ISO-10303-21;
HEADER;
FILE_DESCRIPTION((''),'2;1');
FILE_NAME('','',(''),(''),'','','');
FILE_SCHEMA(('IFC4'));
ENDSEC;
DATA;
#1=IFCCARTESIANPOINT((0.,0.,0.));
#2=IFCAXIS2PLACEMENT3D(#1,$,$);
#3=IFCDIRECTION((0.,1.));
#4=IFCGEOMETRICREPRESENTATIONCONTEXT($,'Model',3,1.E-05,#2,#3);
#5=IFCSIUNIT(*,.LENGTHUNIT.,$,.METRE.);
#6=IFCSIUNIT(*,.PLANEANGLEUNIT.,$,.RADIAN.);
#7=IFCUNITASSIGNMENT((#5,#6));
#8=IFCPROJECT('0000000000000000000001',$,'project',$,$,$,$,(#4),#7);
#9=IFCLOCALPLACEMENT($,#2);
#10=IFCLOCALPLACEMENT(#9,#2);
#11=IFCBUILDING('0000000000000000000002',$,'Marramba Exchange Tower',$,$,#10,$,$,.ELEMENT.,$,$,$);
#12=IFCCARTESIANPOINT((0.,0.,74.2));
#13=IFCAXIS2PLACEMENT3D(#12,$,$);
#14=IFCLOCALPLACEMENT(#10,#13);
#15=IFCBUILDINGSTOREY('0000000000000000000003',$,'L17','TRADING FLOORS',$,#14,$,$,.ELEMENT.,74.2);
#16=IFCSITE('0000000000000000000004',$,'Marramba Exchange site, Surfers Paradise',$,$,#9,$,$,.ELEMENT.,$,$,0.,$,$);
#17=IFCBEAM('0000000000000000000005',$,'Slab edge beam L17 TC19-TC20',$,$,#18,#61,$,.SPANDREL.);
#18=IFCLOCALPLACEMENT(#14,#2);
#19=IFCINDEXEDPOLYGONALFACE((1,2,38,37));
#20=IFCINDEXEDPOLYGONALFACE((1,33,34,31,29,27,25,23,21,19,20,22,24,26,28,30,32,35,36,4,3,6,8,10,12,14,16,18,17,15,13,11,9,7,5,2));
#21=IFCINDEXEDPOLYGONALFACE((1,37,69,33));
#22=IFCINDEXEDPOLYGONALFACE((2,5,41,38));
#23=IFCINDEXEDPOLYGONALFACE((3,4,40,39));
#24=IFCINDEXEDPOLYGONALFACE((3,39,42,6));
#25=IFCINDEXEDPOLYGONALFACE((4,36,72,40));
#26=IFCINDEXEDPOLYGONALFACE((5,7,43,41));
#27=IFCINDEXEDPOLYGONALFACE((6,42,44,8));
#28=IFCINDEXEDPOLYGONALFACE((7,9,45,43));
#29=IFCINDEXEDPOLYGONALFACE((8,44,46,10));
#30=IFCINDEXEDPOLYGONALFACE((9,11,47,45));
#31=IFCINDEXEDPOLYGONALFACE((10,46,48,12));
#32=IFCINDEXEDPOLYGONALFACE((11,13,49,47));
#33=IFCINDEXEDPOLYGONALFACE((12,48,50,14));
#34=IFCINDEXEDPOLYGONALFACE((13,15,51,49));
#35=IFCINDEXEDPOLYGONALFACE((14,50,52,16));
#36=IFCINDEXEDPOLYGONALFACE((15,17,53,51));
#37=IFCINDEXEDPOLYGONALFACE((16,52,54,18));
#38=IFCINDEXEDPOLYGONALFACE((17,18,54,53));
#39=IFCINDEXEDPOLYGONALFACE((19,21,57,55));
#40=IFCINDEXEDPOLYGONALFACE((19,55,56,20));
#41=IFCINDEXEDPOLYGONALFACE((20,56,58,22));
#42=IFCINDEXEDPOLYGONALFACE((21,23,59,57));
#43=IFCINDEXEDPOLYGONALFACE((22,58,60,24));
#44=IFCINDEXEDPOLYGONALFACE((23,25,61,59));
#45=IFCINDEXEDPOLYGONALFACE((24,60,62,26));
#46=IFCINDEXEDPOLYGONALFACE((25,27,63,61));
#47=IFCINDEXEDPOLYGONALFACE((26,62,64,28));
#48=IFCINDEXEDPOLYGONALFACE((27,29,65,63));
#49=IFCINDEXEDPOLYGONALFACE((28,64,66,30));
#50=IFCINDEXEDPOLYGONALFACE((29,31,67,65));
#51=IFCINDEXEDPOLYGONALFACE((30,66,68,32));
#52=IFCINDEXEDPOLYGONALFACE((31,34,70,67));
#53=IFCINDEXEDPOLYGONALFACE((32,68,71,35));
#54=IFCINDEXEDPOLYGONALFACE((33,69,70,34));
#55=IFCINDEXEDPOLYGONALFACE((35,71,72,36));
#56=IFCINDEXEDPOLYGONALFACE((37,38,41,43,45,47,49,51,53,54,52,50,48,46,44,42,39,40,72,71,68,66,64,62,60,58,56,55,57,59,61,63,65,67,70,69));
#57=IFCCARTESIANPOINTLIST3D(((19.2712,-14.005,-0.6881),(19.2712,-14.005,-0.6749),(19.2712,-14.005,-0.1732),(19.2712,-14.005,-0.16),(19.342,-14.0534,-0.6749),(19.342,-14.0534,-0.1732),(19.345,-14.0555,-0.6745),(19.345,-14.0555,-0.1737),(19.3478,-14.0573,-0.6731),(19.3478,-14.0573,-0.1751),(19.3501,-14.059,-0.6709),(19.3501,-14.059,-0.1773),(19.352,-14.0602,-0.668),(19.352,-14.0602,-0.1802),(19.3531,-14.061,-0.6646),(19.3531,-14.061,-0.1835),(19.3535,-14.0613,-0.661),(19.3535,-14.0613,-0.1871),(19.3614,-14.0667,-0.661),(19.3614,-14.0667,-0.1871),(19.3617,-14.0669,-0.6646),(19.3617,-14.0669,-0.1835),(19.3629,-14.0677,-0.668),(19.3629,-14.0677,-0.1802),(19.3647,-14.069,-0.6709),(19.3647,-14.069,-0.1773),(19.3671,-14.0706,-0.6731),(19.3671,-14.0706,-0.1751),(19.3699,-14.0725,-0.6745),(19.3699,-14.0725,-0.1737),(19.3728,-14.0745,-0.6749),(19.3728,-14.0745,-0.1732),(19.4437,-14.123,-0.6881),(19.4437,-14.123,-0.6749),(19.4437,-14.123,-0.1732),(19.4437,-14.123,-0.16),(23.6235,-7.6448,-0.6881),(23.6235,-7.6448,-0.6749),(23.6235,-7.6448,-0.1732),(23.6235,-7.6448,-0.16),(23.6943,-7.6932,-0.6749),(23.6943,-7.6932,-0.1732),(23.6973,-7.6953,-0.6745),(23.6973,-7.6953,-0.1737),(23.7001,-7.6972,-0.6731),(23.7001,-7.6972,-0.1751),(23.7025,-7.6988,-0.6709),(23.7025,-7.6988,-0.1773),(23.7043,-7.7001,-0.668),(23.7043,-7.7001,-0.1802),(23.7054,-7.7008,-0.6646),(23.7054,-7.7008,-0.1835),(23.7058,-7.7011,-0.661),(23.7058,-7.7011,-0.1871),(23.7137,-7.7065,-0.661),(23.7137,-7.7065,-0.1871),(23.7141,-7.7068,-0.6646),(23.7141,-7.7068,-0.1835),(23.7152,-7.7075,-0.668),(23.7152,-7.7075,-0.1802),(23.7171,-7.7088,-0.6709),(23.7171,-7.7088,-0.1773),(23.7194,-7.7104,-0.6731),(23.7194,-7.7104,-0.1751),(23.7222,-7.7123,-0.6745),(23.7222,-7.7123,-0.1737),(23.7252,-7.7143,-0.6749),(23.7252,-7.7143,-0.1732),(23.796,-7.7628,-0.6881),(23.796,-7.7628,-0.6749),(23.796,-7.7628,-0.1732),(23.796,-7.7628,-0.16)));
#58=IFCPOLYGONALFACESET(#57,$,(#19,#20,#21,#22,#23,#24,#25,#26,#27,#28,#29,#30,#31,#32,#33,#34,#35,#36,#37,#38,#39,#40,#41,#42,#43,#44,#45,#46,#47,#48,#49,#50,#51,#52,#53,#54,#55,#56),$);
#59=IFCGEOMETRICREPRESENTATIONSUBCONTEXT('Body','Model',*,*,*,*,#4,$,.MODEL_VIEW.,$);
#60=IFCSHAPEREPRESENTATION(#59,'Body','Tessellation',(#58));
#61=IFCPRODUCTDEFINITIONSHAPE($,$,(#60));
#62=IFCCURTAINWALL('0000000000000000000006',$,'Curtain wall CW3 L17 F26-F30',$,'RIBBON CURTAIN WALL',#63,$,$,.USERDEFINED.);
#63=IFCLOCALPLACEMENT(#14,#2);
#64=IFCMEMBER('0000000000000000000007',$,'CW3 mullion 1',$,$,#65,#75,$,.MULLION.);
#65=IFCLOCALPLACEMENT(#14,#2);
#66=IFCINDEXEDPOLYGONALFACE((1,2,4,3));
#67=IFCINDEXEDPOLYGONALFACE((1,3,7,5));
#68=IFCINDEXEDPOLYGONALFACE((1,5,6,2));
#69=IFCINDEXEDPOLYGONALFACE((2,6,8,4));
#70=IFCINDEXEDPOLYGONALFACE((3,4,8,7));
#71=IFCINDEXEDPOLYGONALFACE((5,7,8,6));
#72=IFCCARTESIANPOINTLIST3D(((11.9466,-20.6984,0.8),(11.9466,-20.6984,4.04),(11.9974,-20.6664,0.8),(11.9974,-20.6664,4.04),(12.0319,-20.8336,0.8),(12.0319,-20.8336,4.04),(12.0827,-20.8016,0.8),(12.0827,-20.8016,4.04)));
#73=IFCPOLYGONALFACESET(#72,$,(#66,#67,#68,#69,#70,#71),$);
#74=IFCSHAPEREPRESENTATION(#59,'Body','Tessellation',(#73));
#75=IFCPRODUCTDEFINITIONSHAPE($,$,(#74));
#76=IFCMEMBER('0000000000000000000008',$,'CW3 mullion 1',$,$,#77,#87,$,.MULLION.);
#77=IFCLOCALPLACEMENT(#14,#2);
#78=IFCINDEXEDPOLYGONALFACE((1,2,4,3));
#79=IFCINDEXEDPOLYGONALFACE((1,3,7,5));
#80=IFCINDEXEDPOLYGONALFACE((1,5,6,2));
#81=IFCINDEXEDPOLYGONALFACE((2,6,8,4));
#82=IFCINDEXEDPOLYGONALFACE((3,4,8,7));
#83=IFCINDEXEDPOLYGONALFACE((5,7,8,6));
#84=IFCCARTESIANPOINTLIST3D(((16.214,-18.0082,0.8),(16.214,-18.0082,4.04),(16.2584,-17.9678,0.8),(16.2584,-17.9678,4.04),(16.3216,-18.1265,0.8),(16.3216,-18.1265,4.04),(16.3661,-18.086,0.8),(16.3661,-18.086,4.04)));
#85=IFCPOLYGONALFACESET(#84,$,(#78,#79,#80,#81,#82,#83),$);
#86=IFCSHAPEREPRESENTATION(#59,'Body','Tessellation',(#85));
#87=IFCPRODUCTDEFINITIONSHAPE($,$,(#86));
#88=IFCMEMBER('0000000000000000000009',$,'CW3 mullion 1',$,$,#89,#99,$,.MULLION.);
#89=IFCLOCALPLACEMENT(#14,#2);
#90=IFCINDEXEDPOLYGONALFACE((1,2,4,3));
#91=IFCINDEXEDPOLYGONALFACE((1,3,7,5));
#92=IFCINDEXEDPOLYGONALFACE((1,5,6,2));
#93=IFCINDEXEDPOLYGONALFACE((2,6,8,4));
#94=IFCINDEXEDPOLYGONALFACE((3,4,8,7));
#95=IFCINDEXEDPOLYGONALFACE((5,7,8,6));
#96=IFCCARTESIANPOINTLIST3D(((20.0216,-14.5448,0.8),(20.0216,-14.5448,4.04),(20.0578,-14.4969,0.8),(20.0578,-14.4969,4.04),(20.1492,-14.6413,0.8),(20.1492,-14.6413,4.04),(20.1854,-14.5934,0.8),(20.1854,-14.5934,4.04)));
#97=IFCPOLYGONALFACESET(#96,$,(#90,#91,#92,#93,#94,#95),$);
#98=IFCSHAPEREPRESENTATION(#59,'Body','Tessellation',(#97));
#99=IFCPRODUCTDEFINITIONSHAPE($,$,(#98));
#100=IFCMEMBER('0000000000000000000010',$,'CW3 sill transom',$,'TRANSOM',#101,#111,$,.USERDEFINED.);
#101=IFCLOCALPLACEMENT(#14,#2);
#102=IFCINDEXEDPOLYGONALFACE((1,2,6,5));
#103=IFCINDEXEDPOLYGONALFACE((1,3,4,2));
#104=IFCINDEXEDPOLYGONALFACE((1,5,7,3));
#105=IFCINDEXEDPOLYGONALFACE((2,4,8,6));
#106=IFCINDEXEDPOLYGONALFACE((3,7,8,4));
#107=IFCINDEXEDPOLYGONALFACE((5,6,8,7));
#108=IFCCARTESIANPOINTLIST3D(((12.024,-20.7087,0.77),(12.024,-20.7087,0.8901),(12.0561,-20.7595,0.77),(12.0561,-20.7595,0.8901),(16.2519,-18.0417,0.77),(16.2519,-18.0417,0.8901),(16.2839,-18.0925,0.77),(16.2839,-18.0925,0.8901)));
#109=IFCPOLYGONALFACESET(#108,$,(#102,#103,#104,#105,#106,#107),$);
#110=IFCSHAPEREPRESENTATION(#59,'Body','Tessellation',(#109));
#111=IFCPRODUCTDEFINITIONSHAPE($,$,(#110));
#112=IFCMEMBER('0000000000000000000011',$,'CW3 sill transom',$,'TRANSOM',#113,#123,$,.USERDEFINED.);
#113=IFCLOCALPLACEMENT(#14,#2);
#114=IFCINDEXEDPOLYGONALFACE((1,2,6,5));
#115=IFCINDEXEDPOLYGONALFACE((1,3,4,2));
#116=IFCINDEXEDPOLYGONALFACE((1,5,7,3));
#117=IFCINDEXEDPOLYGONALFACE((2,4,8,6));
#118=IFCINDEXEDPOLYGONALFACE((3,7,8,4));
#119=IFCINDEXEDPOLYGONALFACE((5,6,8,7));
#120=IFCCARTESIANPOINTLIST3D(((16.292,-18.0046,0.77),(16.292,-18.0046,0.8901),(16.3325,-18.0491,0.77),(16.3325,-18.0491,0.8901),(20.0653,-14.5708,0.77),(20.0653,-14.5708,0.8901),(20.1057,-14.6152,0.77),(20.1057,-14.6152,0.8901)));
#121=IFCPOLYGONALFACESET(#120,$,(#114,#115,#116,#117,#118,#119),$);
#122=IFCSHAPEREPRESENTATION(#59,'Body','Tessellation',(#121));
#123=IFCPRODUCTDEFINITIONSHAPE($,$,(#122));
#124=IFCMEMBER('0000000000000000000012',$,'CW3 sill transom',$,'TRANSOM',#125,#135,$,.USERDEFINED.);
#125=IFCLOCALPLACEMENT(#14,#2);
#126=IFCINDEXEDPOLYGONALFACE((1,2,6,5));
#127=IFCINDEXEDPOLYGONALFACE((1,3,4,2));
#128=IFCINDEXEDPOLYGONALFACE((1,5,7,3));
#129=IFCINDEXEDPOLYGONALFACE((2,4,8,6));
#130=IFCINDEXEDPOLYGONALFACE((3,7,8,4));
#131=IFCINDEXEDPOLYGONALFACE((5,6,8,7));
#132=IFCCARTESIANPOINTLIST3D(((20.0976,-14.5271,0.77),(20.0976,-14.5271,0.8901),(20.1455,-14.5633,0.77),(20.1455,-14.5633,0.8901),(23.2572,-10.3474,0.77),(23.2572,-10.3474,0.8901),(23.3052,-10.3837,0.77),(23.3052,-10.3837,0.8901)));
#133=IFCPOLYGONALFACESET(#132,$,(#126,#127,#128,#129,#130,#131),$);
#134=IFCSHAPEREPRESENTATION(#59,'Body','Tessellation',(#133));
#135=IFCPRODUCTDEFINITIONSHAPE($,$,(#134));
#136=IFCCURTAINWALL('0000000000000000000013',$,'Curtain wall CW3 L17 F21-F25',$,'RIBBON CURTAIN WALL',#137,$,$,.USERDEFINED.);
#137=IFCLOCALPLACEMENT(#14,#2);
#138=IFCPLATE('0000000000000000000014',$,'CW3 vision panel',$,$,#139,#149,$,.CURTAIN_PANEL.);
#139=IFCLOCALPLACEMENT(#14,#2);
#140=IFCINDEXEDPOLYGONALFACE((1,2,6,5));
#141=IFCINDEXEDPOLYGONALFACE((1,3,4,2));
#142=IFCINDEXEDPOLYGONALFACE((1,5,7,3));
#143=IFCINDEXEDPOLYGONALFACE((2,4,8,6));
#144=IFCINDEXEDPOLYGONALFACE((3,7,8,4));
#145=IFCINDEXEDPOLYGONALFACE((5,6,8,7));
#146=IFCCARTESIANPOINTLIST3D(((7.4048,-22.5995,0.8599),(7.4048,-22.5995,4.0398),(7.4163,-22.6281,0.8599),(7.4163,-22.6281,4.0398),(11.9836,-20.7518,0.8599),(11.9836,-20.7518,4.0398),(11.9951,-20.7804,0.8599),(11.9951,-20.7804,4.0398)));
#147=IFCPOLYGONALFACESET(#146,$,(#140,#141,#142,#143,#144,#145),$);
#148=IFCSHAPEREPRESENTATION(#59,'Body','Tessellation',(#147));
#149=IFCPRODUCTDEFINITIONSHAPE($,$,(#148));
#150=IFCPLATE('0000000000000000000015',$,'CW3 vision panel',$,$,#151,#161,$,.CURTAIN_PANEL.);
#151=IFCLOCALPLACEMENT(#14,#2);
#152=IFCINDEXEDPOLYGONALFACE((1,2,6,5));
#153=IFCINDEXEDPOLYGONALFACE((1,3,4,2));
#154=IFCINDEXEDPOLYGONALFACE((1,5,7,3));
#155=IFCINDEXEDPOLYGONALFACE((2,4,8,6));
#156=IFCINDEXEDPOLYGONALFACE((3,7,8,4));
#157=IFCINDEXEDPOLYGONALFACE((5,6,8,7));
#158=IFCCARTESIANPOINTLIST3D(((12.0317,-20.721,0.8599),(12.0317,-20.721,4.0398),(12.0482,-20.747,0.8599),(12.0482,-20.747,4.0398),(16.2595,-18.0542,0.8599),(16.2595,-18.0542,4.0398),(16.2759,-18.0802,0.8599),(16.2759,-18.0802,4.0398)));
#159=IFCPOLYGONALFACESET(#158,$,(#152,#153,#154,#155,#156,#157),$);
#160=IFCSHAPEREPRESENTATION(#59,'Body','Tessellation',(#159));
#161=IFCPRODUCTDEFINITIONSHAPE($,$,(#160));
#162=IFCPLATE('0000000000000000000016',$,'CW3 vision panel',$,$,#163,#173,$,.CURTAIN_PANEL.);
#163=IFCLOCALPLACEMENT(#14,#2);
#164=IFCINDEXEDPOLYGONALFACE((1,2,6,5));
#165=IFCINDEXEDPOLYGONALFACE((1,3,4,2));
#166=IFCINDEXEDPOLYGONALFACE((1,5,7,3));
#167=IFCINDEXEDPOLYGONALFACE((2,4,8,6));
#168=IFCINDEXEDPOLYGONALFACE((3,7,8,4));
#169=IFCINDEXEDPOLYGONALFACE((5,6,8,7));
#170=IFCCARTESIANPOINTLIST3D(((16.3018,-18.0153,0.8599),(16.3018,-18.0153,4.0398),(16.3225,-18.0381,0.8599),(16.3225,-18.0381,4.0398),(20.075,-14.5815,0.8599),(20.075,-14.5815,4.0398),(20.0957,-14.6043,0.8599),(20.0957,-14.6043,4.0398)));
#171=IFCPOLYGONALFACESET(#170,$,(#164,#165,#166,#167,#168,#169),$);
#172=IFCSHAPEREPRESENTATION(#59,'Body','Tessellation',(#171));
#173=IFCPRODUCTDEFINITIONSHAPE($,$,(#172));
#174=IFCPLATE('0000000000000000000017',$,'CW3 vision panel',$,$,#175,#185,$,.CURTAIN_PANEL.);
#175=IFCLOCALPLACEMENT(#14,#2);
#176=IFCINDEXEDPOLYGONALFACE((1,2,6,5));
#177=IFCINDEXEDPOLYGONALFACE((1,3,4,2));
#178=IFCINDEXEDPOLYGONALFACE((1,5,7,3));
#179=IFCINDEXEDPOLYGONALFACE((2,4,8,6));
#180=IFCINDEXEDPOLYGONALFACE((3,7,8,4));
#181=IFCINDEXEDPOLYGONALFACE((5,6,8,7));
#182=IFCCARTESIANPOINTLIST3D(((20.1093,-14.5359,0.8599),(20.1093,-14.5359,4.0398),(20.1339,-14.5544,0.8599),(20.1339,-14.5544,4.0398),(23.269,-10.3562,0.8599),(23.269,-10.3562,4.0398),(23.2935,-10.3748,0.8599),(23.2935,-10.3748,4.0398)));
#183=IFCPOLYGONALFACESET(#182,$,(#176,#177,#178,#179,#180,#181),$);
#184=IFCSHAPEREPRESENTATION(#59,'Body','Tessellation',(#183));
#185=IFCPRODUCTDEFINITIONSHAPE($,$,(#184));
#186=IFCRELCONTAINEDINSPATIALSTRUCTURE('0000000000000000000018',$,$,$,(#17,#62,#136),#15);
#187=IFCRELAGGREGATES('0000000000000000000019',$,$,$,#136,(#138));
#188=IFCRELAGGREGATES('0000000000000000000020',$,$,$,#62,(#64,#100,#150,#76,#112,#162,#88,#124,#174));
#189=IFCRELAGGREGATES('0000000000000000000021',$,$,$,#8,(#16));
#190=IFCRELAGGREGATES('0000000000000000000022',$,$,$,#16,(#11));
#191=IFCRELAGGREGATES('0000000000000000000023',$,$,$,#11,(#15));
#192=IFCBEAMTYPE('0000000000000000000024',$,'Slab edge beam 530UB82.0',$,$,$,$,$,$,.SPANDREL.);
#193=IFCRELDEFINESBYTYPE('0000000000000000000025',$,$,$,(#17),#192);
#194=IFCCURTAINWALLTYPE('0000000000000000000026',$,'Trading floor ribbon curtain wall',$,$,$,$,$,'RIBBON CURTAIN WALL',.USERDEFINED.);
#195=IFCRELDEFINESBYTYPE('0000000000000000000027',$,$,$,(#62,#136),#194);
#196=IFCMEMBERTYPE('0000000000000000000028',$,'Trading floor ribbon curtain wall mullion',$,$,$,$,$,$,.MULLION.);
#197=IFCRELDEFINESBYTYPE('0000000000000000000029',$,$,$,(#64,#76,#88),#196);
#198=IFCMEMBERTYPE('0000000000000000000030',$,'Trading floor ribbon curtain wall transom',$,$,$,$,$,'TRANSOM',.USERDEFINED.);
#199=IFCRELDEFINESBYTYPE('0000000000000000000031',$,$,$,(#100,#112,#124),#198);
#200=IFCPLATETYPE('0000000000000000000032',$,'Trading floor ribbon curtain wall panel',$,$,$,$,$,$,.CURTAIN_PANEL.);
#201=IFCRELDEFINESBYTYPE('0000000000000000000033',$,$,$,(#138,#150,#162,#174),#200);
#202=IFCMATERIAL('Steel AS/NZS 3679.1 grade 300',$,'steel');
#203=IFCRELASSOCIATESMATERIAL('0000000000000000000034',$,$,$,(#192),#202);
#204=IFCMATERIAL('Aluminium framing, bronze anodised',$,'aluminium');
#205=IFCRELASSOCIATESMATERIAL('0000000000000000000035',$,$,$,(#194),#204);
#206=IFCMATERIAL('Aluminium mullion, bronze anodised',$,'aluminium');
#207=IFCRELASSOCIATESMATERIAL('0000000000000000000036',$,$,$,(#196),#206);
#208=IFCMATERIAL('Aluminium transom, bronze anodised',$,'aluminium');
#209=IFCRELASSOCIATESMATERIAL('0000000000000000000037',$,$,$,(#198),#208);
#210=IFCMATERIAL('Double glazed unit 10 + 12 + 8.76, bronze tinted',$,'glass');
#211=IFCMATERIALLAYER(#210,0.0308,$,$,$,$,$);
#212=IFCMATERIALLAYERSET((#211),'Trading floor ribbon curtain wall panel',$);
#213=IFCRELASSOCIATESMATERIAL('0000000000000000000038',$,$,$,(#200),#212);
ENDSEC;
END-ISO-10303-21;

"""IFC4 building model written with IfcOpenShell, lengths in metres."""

from ifc_helpers import new_model, si_unit, direction, frame, origin, origin_2d, place, context, subcontext, project, spatial, rectangle, i_section, extrude, material, layer, layer_set, material_profile, profile_set, type_object, element, aggregate, save


model = new_model("IFC4")

# Units and contexts
model_context = context("Model", 3, precision=1e-05, world=origin(), true_north=direction((0.0, 1.0)))
body_context = subcontext(model_context, "Body", "Model", "MODEL_VIEW")
ifc_project = project(units=[si_unit("LENGTHUNIT", "METRE"), si_unit("PLANEANGLEUNIT", "RADIAN")], contexts=[model_context])

# Site, building, storey
site_placement = place(None, origin())
site = spatial("IfcSite", under=ifc_project, at=site_placement, Name="Marramba Exchange site, Surfers Paradise", CompositionType="ELEMENT", RefElevation=0.0)
building_placement = place(site_placement, origin())
building = spatial("IfcBuilding", under=site, at=building_placement, Name="Marramba Exchange Tower", CompositionType="ELEMENT")
storey_placement = place(building_placement, frame((0.0, 0.0, 74.2)))
storey = spatial("IfcBuildingStorey", under=building, at=storey_placement, Name="L17", Description="TRADING FLOORS", CompositionType="ELEMENT", Elevation=74.2)

# Beam
ifc_material_1 = material(Name="Steel AS/NZS 3679.1 grade 300", Category="steel")
ifc_material_profile_1 = material_profile(ifc_material_1, i_section(OverallWidth=0.209, OverallDepth=0.5281, WebThickness=0.0095, FlangeThickness=0.0132, FilletRadius=0.0139, at=origin_2d()), Name="530UB82.0")
ifc_profile_set_1 = profile_set([ifc_material_profile_1], Name="Steel AS/NZS 3679.1 grade 300")
beam_type_1 = type_object("IfcBeamType", Name="Slab edge beam 530UB82.0", PredefinedType="SPANDREL", material=ifc_profile_set_1)
beam_1_placement = place(storey_placement, frame((19.3574, -14.064, -0.4241), z_axis=(0.564741, 0.825268, 0.0), x_axis=(-0.825268, 0.564741, 0.0)))
element("IfcBeam", 1, at=beam_1_placement, inside=storey, type_object=beam_type_1, Name="Slab edge beam L17 TC19-TC20", PredefinedType="SPANDREL", context=body_context, shape_type="SweptSolid", body=[
    extrude(i_section(OverallWidth=0.209, OverallDepth=0.5281, WebThickness=0.0095, FlangeThickness=0.0132, FilletRadius=0.0139, at=origin_2d()), origin(), (0.0, 0.0, 1.0), 7.7068),
])

# Curtain wall, members
ifc_material_2 = material(Name="Aluminium framing, bronze anodised", Category="aluminium")
curtain_wall_type = type_object("IfcCurtainWallType", Name="Trading floor ribbon curtain wall", ElementType="RIBBON CURTAIN WALL", PredefinedType="USERDEFINED", material=ifc_material_2)
curtain_wall_1_placement = place(storey_placement, origin())
curtain_wall_1 = element("IfcCurtainWall", 2, at=curtain_wall_1_placement, inside=storey, type_object=curtain_wall_type, Name="Curtain wall CW3 L17 F26-F30", ObjectType="RIBBON CURTAIN WALL", PredefinedType="USERDEFINED")
ifc_material_3 = material(Name="Aluminium mullion, bronze anodised", Category="aluminium")
ifc_material_profile_2 = material_profile(ifc_material_3, rectangle(XDim=0.1599, YDim=0.0601, at=origin_2d()), Name="CW3 mullion 60x160")
ifc_profile_set_2 = profile_set([ifc_material_profile_2], Name="Aluminium mullion, bronze anodised")
member_type_1 = type_object("IfcMemberType", Name="Trading floor ribbon curtain wall mullion", PredefinedType="MULLION", material=ifc_profile_set_2)
member_1_placement = place(storey_placement, frame((12.0146, -20.75, 0.8), z_axis=(0.0, 0.0, 1.0), x_axis=(-0.533515, 0.845791, 0.0)))
member_1 = element("IfcMember", 3, at=member_1_placement, type_object=member_type_1, Name="CW3 mullion 1", PredefinedType="MULLION", context=body_context, shape_type="SweptSolid", body=[
    extrude(rectangle(XDim=0.1599, YDim=0.0601, at=origin_2d()), origin(), (0.0, 0.0, 1.0), 3.24),
])
member_2_placement = place(storey_placement, frame((16.29, -18.0471, 0.8), z_axis=(0.0, 0.0, 1.0), x_axis=(-0.673058, 0.73959, 0.0)))
member_2 = element("IfcMember", 4, at=member_2_placement, type_object=member_type_1, Name="CW3 mullion 1", PredefinedType="MULLION", context=body_context, shape_type="SweptSolid", body=[
    extrude(rectangle(XDim=0.1599, YDim=0.0601, at=origin_2d()), origin(), (0.0, 0.0, 1.0), 3.24),
])
member_3_placement = place(storey_placement, frame((20.1035, -14.5691, 0.8), z_axis=(0.0, 0.0, 1.0), x_axis=(-0.797711, 0.60304, 0.0)))
member_3 = element("IfcMember", 5, at=member_3_placement, type_object=member_type_1, Name="CW3 mullion 1", PredefinedType="MULLION", context=body_context, shape_type="SweptSolid", body=[
    extrude(rectangle(XDim=0.1599, YDim=0.0601, at=origin_2d()), origin(), (0.0, 0.0, 1.0), 3.24),
])
ifc_material_4 = material(Name="Aluminium transom, bronze anodised", Category="aluminium")
ifc_material_profile_3 = material_profile(ifc_material_4, rectangle(XDim=0.0601, YDim=0.1201, at=origin_2d()), Name="CW3 transom 60x120")
ifc_profile_set_3 = profile_set([ifc_material_profile_3], Name="Aluminium transom, bronze anodised")
member_type_2 = type_object("IfcMemberType", Name="Trading floor ribbon curtain wall transom", ElementType="TRANSOM", PredefinedType="USERDEFINED", material=ifc_profile_set_3)
member_4_placement = place(storey_placement, frame((12.04, -20.7341, 0.8301), z_axis=(0.845777, 0.533537, 0.0), x_axis=(-0.533537, 0.845777, 0.0)))
member_4 = element("IfcMember", 6, at=member_4_placement, type_object=member_type_2, Name="CW3 sill transom", ObjectType="TRANSOM", PredefinedType="USERDEFINED", context=body_context, shape_type="SweptSolid", body=[
    extrude(rectangle(XDim=0.0601, YDim=0.1201, at=origin_2d()), origin(), (0.0, 0.0, 1.0), 4.9988),
])
member_5_placement = place(storey_placement, frame((16.3123, -18.0269, 0.8301), z_axis=(0.739583, 0.673066, 0.0), x_axis=(-0.673066, 0.739583, 0.0)))
member_5 = element("IfcMember", 7, at=member_5_placement, type_object=member_type_2, Name="CW3 sill transom", ObjectType="TRANSOM", PredefinedType="USERDEFINED", context=body_context, shape_type="SweptSolid", body=[
    extrude(rectangle(XDim=0.0601, YDim=0.1201, at=origin_2d()), origin(), (0.0, 0.0, 1.0), 5.1018),
])
member_6_placement = place(storey_placement, frame((20.1216, -14.5452, 0.8301), z_axis=(0.603037, 0.797713, 0.0), x_axis=(-0.797713, 0.603037, 0.0)))
member_6 = element("IfcMember", 8, at=member_6_placement, type_object=member_type_2, Name="CW3 sill transom", ObjectType="TRANSOM", PredefinedType="USERDEFINED", context=body_context, shape_type="SweptSolid", body=[
    extrude(rectangle(XDim=0.0601, YDim=0.1201, at=origin_2d()), origin(), (0.0, 0.0, 1.0), 5.2395),
])

# Curtain wall, plate
curtain_wall_2_placement = place(storey_placement, origin())
curtain_wall_2 = element("IfcCurtainWall", 9, at=curtain_wall_2_placement, inside=storey, type_object=curtain_wall_type, Name="Curtain wall CW3 L17 F21-F25", ObjectType="RIBBON CURTAIN WALL", PredefinedType="USERDEFINED")
ifc_material_5 = material(Name="Double glazed unit 10 + 12 + 8.76, bronze tinted", Category="glass")
ifc_layer_1 = layer(ifc_material_5, 0.0308)
ifc_layer_set_1 = layer_set([ifc_layer_1], Name="Trading floor ribbon curtain wall panel")
plate_type = type_object("IfcPlateType", Name="Trading floor ribbon curtain wall panel", PredefinedType="CURTAIN_PANEL", material=ifc_layer_set_1)
plate_1_placement = place(storey_placement, frame((9.7, -21.6899, 0.8599), z_axis=(0.0, 0.0, 1.0), x_axis=(0.927341, 0.374218, 0.0)))
plate_1 = element("IfcPlate", 10, at=plate_1_placement, type_object=plate_type, Name="CW3 vision panel", PredefinedType="CURTAIN_PANEL", context=body_context, shape_type="SweptSolid", body=[
    extrude(rectangle(XDim=4.9375, YDim=0.0308, at=origin_2d()), origin(), (0.0, 0.0, 1.0), 3.1799),
])
aggregate(curtain_wall_2, [plate_1])

# Plates
plate_2_placement = place(storey_placement, frame((14.1538, -19.4006, 0.8599), z_axis=(0.0, 0.0, 1.0), x_axis=(0.845791, 0.533515, 0.0)))
plate_2 = element("IfcPlate", 11, at=plate_2_placement, type_object=plate_type, Name="CW3 vision panel", PredefinedType="CURTAIN_PANEL", context=body_context, shape_type="SweptSolid", body=[
    extrude(rectangle(XDim=4.9985, YDim=0.0308, at=origin_2d()), origin(), (0.0, 0.0, 1.0), 3.1799),
])
plate_3_placement = place(storey_placement, frame((18.1987, -16.3098, 0.8599), z_axis=(0.0, 0.0, 1.0), x_axis=(0.73959, 0.673058, 0.0)))
plate_3 = element("IfcPlate", 12, at=plate_3_placement, type_object=plate_type, Name="CW3 vision panel", PredefinedType="CURTAIN_PANEL", context=body_context, shape_type="SweptSolid", body=[
    extrude(rectangle(XDim=5.1018, YDim=0.0308, at=origin_2d()), origin(), (0.0, 0.0, 1.0), 3.1799),
])
plate_4_placement = place(storey_placement, frame((21.7014, -12.4553, 0.8599), z_axis=(0.0, 0.0, 1.0), x_axis=(0.60304, 0.797711, 0.0)))
plate_4 = element("IfcPlate", 13, at=plate_4_placement, type_object=plate_type, Name="CW3 vision panel", PredefinedType="CURTAIN_PANEL", context=body_context, shape_type="SweptSolid", body=[
    extrude(rectangle(XDim=5.2395, YDim=0.0308, at=origin_2d()), origin(), (0.0, 0.0, 1.0), 3.1799),
])
aggregate(curtain_wall_1, [member_1, member_4, plate_2, member_2, member_5, plate_3, member_3, member_6, plate_4])

save(model, "model.ifc")
